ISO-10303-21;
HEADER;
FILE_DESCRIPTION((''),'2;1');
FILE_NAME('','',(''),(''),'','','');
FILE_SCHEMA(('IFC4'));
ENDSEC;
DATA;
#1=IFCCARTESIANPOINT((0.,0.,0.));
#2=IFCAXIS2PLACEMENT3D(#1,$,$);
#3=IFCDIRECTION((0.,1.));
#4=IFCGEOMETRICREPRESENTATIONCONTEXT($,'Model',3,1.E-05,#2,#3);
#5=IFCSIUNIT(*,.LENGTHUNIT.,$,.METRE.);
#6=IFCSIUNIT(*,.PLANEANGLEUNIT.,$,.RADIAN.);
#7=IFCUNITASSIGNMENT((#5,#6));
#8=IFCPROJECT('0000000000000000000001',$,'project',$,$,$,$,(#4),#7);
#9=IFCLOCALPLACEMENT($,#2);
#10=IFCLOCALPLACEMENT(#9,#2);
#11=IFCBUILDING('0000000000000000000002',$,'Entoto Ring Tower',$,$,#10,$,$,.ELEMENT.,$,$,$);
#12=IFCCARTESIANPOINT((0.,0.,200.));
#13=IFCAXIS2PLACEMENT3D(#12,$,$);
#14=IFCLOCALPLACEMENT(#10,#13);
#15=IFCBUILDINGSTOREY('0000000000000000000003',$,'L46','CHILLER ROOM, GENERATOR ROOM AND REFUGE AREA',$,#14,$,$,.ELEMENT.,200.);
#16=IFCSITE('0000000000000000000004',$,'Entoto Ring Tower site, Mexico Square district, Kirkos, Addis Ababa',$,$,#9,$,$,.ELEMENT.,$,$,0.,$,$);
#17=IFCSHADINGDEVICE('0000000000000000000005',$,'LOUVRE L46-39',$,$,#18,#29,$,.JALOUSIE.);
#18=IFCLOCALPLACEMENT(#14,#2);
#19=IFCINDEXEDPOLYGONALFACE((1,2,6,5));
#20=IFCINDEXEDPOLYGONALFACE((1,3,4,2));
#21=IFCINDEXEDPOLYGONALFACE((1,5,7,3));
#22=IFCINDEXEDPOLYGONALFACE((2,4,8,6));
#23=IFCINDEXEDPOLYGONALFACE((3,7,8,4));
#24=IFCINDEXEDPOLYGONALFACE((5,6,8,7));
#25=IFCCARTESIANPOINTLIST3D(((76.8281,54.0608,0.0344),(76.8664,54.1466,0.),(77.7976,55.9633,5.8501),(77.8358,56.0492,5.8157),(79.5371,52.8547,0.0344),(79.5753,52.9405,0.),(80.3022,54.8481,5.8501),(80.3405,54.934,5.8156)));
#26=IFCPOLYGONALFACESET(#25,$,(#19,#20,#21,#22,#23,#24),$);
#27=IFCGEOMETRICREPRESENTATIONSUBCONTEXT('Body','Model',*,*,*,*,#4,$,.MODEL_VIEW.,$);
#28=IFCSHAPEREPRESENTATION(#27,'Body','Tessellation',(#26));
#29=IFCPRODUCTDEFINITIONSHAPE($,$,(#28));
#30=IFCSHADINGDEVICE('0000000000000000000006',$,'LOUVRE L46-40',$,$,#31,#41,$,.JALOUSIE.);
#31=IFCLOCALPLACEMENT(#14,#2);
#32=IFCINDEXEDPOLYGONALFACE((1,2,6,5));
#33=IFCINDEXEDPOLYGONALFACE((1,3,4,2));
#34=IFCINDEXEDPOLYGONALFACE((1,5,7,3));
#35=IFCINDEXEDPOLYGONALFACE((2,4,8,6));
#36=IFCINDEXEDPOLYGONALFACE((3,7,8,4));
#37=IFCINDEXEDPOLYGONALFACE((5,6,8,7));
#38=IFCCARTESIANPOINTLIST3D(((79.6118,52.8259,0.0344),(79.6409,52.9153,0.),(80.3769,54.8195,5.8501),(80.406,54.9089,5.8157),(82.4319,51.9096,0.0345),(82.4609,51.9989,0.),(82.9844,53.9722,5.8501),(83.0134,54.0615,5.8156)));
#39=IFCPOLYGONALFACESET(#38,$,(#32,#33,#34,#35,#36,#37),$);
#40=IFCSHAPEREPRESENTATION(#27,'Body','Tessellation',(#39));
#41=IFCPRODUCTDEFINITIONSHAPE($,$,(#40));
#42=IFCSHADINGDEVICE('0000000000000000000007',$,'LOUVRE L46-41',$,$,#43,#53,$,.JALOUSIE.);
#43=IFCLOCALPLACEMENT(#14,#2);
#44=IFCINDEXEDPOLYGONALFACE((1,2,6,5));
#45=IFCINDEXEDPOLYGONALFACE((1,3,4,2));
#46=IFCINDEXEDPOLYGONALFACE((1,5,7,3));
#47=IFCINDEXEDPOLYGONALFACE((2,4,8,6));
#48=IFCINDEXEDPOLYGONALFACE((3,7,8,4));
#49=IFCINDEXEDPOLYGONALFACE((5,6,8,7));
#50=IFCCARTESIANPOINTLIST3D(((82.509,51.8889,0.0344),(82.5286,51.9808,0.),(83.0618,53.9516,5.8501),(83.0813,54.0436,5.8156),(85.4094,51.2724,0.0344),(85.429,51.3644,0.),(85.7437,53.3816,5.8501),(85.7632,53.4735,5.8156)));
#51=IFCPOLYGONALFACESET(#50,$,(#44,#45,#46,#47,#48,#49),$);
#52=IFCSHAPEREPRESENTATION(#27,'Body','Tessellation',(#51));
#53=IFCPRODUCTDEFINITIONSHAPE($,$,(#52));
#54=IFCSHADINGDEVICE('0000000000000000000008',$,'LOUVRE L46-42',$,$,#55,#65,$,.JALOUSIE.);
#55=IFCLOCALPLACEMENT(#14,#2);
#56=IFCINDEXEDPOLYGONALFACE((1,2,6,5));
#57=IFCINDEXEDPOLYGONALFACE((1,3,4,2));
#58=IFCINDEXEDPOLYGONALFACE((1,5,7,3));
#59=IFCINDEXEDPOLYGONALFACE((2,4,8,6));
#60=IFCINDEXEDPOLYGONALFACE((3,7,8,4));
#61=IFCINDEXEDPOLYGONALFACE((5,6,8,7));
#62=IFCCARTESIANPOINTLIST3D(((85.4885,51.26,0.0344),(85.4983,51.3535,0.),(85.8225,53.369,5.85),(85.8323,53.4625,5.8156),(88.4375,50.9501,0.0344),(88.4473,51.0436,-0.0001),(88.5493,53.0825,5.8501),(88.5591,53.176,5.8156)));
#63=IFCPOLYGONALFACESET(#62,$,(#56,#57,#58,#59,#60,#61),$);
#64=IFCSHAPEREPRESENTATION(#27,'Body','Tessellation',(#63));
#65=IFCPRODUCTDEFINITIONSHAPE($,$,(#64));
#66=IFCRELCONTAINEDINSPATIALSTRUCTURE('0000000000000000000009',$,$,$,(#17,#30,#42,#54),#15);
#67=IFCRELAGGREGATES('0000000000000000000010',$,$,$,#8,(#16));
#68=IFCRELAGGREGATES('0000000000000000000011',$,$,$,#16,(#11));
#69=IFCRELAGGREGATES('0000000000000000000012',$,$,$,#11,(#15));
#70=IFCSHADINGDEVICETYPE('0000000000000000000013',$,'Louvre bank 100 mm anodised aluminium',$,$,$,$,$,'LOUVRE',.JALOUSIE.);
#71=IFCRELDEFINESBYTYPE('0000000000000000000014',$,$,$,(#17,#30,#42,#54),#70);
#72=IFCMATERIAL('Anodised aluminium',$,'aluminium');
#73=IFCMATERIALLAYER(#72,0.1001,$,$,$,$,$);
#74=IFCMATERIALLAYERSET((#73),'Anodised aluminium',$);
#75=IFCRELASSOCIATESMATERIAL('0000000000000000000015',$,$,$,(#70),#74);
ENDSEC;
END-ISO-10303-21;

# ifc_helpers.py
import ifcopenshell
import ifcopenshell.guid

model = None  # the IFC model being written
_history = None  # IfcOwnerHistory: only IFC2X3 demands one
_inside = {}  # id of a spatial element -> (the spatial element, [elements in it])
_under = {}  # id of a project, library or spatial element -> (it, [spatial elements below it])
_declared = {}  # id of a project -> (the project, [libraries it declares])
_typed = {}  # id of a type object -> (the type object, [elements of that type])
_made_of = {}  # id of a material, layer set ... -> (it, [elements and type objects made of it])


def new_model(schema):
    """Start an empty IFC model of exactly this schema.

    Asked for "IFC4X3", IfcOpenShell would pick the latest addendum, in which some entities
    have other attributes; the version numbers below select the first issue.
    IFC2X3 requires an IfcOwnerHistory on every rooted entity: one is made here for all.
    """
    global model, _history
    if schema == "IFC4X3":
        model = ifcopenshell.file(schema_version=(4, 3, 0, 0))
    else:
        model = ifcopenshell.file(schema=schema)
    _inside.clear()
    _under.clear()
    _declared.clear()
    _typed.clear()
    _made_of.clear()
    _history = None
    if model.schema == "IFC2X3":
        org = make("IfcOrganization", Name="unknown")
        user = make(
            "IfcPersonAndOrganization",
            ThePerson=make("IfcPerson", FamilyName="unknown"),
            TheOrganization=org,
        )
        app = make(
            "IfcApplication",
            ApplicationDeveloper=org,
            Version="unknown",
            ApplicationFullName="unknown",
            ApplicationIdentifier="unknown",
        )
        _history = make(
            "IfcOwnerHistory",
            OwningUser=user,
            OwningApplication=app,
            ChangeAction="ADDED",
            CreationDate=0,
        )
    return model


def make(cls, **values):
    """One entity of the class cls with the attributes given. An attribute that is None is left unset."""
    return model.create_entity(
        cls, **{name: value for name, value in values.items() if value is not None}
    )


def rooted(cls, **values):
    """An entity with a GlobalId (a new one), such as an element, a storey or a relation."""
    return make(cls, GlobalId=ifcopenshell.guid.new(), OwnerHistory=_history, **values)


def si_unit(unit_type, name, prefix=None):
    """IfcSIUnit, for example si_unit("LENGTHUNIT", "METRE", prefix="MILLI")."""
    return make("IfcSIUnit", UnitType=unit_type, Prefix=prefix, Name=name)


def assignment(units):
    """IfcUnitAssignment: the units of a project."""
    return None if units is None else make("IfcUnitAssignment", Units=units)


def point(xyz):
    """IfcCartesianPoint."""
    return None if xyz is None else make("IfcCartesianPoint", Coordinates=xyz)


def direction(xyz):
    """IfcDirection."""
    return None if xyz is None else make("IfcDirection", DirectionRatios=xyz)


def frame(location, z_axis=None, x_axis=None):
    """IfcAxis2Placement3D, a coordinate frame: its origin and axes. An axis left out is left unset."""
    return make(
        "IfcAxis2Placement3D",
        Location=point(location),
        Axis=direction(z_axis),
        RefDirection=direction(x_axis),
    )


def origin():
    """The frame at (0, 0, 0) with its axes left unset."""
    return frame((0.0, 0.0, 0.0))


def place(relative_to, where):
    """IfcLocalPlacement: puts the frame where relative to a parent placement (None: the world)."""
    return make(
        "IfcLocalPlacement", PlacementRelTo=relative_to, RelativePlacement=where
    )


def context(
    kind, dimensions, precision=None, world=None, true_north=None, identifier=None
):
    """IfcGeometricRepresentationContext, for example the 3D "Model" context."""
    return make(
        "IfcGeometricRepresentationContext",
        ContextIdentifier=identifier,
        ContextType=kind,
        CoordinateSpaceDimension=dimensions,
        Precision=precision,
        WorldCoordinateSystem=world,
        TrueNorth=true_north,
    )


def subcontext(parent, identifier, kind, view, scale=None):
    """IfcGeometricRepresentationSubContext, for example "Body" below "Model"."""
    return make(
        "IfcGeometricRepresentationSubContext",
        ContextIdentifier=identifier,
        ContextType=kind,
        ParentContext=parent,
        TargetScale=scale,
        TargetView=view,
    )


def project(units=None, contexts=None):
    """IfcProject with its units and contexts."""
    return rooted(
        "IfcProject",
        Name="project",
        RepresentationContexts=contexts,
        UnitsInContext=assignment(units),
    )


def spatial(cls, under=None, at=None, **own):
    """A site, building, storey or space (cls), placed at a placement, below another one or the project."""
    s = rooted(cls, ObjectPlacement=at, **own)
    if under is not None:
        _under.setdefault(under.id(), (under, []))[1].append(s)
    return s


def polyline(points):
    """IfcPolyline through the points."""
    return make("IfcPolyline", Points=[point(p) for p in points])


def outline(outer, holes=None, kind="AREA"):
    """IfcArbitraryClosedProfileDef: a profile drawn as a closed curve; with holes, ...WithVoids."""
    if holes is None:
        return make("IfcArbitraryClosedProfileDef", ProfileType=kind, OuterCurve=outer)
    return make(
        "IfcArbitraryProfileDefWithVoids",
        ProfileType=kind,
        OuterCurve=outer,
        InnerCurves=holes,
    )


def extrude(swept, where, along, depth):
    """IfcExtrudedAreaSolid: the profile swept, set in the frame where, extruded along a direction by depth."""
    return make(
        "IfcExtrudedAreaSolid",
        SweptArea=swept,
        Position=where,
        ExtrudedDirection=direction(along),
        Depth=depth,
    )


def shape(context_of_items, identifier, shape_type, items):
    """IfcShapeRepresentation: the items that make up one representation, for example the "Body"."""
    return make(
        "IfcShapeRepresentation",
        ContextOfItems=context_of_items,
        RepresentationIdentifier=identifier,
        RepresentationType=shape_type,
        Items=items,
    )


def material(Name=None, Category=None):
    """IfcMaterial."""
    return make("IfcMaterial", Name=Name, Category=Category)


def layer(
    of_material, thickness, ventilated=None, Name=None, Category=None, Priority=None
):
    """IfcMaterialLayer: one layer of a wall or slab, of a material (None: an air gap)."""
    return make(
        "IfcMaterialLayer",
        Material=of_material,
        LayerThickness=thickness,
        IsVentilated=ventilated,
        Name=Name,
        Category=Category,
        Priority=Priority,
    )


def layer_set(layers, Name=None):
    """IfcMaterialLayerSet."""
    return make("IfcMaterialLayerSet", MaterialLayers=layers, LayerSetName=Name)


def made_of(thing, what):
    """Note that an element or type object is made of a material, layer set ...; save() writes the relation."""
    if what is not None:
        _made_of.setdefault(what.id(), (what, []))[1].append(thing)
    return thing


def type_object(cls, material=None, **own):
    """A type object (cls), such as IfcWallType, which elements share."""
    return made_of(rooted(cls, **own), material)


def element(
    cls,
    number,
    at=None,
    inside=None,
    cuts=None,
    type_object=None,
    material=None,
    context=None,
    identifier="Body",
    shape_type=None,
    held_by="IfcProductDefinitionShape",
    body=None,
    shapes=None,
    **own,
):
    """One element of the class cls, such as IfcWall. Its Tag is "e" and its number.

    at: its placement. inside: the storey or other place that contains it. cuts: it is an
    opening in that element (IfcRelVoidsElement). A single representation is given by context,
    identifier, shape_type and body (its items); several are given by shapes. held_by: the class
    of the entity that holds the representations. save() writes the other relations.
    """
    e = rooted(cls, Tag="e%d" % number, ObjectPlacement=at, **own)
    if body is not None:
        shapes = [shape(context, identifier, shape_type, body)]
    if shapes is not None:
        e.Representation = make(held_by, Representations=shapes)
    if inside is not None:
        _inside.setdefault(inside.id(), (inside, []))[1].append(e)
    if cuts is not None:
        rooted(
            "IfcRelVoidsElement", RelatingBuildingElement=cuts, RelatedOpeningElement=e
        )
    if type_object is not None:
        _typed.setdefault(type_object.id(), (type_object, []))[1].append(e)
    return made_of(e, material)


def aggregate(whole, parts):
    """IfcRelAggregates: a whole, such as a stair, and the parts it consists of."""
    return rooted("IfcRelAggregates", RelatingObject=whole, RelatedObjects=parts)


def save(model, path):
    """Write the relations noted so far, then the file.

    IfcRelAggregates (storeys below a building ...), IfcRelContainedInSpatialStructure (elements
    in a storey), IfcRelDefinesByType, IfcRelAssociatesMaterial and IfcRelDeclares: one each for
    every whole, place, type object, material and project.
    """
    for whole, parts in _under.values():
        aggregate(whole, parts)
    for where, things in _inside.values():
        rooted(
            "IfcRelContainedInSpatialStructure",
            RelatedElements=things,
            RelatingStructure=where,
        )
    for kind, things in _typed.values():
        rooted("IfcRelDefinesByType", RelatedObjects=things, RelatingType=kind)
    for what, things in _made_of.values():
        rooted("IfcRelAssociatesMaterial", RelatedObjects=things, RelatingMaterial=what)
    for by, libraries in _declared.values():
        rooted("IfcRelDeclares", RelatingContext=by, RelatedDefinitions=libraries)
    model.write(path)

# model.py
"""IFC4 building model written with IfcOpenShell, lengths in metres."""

from ifc_helpers import new_model, si_unit, direction, frame, origin, place, context, subcontext, project, spatial, polyline, outline, extrude, material, layer, layer_set, type_object, element, save


model = new_model("IFC4")

# Units and contexts
model_context = context("Model", 3, precision=1e-05, world=origin(), true_north=direction((0.0, 1.0)))
body_context = subcontext(model_context, "Body", "Model", "MODEL_VIEW")
ifc_project = project(units=[si_unit("LENGTHUNIT", "METRE"), si_unit("PLANEANGLEUNIT", "RADIAN")], contexts=[model_context])

# Site, building, storey
site_placement = place(None, origin())
site = spatial("IfcSite", under=ifc_project, at=site_placement, Name="Entoto Ring Tower site, Mexico Square district, Kirkos, Addis Ababa", CompositionType="ELEMENT", RefElevation=0.0)
building_placement = place(site_placement, origin())
building = spatial("IfcBuilding", under=site, at=building_placement, Name="Entoto Ring Tower", CompositionType="ELEMENT")
storey_placement = place(building_placement, frame((0.0, 0.0, 200.0)))
storey = spatial("IfcBuildingStorey", under=building, at=storey_placement, Name="L46", Description="CHILLER ROOM, GENERATOR ROOM AND REFUGE AREA", CompositionType="ELEMENT", Elevation=200.0)

# Shading devices
ifc_material_1 = material(Name="Anodised aluminium", Category="aluminium")
ifc_layer_1 = layer(ifc_material_1, 0.1001)
ifc_layer_set_1 = layer_set([ifc_layer_1], Name="Anodised aluminium")
shading_device_type = type_object("IfcShadingDeviceType", Name="Louvre bank 100 mm anodised aluminium", ElementType="LOUVRE", PredefinedType="JALOUSIE", material=ifc_layer_set_1)
shading_device_1_placement = place(storey_placement, frame((76.8281, 54.0608, 0.0344), z_axis=(-0.381881, -0.857707, 0.344246), x_axis=(0.913544, -0.406739, 0.000008)))
element("IfcShadingDevice", 1, at=shading_device_1_placement, inside=storey, type_object=shading_device_type, Name="LOUVRE L46-39", PredefinedType="JALOUSIE", context=body_context, shape_type="SweptSolid", body=[
    extrude(outline(polyline([(0.0, 0.0), (2.9653, 0.0), (2.8536, 6.1942), (0.1119, 6.1943), (0.0, 0.0)])), origin(), (0.0, 0.0, -1.0), 0.1001),
])
shading_device_2_placement = place(storey_placement, frame((79.6118, 52.8259, 0.0344), z_axis=(-0.290155, -0.892917, 0.344253), x_axis=(0.951049, -0.30904, 0.000013)))
element("IfcShadingDevice", 2, at=shading_device_2_placement, inside=storey, type_object=shading_device_type, Name="LOUVRE L46-40", PredefinedType="JALOUSIE", context=body_context, shape_type="SweptSolid", body=[
    extrude(outline(polyline([(0.0, 0.0), (2.9652, 0.0), (2.8533, 6.1942), (0.1116, 6.1943), (0.0, 0.0)])), origin(), (0.0, 0.0, -1.0), 0.1001),
])
shading_device_3_placement = place(storey_placement, frame((82.509, 51.8889, 0.0344), z_axis=(-0.195198, -0.918353, 0.344275), x_axis=(0.978149, -0.207906, 0.000003)))
element("IfcShadingDevice", 3, at=shading_device_3_placement, inside=storey, type_object=shading_device_type, Name="LOUVRE L46-41", PredefinedType="JALOUSIE", context=body_context, shape_type="SweptSolid", body=[
    extrude(outline(polyline([(0.0, 0.0), (2.9652, 0.0), (2.8536, 6.1943), (0.1118, 6.1944), (0.0, 0.0)])), origin(), (0.0, 0.0, -1.0), 0.1001),
])
shading_device_4_placement = place(storey_placement, frame((85.4885, 51.26, 0.0344), z_axis=(-0.098121, -0.933735, 0.344254), x_axis=(0.994523, -0.104515, -0.000018)))
element("IfcShadingDevice", 4, at=shading_device_4_placement, inside=storey, type_object=shading_device_type, Name="LOUVRE L46-42", PredefinedType="JALOUSIE", context=body_context, shape_type="SweptSolid", body=[
    extrude(outline(polyline([(0.0, 0.0), (2.9652, 0.0), (2.8534, 6.1943), (0.1116, 6.1942), (0.0, 0.0)])), origin(), (0.0, 0.0, -1.0), 0.1001),
])

save(model, "model.ifc")
